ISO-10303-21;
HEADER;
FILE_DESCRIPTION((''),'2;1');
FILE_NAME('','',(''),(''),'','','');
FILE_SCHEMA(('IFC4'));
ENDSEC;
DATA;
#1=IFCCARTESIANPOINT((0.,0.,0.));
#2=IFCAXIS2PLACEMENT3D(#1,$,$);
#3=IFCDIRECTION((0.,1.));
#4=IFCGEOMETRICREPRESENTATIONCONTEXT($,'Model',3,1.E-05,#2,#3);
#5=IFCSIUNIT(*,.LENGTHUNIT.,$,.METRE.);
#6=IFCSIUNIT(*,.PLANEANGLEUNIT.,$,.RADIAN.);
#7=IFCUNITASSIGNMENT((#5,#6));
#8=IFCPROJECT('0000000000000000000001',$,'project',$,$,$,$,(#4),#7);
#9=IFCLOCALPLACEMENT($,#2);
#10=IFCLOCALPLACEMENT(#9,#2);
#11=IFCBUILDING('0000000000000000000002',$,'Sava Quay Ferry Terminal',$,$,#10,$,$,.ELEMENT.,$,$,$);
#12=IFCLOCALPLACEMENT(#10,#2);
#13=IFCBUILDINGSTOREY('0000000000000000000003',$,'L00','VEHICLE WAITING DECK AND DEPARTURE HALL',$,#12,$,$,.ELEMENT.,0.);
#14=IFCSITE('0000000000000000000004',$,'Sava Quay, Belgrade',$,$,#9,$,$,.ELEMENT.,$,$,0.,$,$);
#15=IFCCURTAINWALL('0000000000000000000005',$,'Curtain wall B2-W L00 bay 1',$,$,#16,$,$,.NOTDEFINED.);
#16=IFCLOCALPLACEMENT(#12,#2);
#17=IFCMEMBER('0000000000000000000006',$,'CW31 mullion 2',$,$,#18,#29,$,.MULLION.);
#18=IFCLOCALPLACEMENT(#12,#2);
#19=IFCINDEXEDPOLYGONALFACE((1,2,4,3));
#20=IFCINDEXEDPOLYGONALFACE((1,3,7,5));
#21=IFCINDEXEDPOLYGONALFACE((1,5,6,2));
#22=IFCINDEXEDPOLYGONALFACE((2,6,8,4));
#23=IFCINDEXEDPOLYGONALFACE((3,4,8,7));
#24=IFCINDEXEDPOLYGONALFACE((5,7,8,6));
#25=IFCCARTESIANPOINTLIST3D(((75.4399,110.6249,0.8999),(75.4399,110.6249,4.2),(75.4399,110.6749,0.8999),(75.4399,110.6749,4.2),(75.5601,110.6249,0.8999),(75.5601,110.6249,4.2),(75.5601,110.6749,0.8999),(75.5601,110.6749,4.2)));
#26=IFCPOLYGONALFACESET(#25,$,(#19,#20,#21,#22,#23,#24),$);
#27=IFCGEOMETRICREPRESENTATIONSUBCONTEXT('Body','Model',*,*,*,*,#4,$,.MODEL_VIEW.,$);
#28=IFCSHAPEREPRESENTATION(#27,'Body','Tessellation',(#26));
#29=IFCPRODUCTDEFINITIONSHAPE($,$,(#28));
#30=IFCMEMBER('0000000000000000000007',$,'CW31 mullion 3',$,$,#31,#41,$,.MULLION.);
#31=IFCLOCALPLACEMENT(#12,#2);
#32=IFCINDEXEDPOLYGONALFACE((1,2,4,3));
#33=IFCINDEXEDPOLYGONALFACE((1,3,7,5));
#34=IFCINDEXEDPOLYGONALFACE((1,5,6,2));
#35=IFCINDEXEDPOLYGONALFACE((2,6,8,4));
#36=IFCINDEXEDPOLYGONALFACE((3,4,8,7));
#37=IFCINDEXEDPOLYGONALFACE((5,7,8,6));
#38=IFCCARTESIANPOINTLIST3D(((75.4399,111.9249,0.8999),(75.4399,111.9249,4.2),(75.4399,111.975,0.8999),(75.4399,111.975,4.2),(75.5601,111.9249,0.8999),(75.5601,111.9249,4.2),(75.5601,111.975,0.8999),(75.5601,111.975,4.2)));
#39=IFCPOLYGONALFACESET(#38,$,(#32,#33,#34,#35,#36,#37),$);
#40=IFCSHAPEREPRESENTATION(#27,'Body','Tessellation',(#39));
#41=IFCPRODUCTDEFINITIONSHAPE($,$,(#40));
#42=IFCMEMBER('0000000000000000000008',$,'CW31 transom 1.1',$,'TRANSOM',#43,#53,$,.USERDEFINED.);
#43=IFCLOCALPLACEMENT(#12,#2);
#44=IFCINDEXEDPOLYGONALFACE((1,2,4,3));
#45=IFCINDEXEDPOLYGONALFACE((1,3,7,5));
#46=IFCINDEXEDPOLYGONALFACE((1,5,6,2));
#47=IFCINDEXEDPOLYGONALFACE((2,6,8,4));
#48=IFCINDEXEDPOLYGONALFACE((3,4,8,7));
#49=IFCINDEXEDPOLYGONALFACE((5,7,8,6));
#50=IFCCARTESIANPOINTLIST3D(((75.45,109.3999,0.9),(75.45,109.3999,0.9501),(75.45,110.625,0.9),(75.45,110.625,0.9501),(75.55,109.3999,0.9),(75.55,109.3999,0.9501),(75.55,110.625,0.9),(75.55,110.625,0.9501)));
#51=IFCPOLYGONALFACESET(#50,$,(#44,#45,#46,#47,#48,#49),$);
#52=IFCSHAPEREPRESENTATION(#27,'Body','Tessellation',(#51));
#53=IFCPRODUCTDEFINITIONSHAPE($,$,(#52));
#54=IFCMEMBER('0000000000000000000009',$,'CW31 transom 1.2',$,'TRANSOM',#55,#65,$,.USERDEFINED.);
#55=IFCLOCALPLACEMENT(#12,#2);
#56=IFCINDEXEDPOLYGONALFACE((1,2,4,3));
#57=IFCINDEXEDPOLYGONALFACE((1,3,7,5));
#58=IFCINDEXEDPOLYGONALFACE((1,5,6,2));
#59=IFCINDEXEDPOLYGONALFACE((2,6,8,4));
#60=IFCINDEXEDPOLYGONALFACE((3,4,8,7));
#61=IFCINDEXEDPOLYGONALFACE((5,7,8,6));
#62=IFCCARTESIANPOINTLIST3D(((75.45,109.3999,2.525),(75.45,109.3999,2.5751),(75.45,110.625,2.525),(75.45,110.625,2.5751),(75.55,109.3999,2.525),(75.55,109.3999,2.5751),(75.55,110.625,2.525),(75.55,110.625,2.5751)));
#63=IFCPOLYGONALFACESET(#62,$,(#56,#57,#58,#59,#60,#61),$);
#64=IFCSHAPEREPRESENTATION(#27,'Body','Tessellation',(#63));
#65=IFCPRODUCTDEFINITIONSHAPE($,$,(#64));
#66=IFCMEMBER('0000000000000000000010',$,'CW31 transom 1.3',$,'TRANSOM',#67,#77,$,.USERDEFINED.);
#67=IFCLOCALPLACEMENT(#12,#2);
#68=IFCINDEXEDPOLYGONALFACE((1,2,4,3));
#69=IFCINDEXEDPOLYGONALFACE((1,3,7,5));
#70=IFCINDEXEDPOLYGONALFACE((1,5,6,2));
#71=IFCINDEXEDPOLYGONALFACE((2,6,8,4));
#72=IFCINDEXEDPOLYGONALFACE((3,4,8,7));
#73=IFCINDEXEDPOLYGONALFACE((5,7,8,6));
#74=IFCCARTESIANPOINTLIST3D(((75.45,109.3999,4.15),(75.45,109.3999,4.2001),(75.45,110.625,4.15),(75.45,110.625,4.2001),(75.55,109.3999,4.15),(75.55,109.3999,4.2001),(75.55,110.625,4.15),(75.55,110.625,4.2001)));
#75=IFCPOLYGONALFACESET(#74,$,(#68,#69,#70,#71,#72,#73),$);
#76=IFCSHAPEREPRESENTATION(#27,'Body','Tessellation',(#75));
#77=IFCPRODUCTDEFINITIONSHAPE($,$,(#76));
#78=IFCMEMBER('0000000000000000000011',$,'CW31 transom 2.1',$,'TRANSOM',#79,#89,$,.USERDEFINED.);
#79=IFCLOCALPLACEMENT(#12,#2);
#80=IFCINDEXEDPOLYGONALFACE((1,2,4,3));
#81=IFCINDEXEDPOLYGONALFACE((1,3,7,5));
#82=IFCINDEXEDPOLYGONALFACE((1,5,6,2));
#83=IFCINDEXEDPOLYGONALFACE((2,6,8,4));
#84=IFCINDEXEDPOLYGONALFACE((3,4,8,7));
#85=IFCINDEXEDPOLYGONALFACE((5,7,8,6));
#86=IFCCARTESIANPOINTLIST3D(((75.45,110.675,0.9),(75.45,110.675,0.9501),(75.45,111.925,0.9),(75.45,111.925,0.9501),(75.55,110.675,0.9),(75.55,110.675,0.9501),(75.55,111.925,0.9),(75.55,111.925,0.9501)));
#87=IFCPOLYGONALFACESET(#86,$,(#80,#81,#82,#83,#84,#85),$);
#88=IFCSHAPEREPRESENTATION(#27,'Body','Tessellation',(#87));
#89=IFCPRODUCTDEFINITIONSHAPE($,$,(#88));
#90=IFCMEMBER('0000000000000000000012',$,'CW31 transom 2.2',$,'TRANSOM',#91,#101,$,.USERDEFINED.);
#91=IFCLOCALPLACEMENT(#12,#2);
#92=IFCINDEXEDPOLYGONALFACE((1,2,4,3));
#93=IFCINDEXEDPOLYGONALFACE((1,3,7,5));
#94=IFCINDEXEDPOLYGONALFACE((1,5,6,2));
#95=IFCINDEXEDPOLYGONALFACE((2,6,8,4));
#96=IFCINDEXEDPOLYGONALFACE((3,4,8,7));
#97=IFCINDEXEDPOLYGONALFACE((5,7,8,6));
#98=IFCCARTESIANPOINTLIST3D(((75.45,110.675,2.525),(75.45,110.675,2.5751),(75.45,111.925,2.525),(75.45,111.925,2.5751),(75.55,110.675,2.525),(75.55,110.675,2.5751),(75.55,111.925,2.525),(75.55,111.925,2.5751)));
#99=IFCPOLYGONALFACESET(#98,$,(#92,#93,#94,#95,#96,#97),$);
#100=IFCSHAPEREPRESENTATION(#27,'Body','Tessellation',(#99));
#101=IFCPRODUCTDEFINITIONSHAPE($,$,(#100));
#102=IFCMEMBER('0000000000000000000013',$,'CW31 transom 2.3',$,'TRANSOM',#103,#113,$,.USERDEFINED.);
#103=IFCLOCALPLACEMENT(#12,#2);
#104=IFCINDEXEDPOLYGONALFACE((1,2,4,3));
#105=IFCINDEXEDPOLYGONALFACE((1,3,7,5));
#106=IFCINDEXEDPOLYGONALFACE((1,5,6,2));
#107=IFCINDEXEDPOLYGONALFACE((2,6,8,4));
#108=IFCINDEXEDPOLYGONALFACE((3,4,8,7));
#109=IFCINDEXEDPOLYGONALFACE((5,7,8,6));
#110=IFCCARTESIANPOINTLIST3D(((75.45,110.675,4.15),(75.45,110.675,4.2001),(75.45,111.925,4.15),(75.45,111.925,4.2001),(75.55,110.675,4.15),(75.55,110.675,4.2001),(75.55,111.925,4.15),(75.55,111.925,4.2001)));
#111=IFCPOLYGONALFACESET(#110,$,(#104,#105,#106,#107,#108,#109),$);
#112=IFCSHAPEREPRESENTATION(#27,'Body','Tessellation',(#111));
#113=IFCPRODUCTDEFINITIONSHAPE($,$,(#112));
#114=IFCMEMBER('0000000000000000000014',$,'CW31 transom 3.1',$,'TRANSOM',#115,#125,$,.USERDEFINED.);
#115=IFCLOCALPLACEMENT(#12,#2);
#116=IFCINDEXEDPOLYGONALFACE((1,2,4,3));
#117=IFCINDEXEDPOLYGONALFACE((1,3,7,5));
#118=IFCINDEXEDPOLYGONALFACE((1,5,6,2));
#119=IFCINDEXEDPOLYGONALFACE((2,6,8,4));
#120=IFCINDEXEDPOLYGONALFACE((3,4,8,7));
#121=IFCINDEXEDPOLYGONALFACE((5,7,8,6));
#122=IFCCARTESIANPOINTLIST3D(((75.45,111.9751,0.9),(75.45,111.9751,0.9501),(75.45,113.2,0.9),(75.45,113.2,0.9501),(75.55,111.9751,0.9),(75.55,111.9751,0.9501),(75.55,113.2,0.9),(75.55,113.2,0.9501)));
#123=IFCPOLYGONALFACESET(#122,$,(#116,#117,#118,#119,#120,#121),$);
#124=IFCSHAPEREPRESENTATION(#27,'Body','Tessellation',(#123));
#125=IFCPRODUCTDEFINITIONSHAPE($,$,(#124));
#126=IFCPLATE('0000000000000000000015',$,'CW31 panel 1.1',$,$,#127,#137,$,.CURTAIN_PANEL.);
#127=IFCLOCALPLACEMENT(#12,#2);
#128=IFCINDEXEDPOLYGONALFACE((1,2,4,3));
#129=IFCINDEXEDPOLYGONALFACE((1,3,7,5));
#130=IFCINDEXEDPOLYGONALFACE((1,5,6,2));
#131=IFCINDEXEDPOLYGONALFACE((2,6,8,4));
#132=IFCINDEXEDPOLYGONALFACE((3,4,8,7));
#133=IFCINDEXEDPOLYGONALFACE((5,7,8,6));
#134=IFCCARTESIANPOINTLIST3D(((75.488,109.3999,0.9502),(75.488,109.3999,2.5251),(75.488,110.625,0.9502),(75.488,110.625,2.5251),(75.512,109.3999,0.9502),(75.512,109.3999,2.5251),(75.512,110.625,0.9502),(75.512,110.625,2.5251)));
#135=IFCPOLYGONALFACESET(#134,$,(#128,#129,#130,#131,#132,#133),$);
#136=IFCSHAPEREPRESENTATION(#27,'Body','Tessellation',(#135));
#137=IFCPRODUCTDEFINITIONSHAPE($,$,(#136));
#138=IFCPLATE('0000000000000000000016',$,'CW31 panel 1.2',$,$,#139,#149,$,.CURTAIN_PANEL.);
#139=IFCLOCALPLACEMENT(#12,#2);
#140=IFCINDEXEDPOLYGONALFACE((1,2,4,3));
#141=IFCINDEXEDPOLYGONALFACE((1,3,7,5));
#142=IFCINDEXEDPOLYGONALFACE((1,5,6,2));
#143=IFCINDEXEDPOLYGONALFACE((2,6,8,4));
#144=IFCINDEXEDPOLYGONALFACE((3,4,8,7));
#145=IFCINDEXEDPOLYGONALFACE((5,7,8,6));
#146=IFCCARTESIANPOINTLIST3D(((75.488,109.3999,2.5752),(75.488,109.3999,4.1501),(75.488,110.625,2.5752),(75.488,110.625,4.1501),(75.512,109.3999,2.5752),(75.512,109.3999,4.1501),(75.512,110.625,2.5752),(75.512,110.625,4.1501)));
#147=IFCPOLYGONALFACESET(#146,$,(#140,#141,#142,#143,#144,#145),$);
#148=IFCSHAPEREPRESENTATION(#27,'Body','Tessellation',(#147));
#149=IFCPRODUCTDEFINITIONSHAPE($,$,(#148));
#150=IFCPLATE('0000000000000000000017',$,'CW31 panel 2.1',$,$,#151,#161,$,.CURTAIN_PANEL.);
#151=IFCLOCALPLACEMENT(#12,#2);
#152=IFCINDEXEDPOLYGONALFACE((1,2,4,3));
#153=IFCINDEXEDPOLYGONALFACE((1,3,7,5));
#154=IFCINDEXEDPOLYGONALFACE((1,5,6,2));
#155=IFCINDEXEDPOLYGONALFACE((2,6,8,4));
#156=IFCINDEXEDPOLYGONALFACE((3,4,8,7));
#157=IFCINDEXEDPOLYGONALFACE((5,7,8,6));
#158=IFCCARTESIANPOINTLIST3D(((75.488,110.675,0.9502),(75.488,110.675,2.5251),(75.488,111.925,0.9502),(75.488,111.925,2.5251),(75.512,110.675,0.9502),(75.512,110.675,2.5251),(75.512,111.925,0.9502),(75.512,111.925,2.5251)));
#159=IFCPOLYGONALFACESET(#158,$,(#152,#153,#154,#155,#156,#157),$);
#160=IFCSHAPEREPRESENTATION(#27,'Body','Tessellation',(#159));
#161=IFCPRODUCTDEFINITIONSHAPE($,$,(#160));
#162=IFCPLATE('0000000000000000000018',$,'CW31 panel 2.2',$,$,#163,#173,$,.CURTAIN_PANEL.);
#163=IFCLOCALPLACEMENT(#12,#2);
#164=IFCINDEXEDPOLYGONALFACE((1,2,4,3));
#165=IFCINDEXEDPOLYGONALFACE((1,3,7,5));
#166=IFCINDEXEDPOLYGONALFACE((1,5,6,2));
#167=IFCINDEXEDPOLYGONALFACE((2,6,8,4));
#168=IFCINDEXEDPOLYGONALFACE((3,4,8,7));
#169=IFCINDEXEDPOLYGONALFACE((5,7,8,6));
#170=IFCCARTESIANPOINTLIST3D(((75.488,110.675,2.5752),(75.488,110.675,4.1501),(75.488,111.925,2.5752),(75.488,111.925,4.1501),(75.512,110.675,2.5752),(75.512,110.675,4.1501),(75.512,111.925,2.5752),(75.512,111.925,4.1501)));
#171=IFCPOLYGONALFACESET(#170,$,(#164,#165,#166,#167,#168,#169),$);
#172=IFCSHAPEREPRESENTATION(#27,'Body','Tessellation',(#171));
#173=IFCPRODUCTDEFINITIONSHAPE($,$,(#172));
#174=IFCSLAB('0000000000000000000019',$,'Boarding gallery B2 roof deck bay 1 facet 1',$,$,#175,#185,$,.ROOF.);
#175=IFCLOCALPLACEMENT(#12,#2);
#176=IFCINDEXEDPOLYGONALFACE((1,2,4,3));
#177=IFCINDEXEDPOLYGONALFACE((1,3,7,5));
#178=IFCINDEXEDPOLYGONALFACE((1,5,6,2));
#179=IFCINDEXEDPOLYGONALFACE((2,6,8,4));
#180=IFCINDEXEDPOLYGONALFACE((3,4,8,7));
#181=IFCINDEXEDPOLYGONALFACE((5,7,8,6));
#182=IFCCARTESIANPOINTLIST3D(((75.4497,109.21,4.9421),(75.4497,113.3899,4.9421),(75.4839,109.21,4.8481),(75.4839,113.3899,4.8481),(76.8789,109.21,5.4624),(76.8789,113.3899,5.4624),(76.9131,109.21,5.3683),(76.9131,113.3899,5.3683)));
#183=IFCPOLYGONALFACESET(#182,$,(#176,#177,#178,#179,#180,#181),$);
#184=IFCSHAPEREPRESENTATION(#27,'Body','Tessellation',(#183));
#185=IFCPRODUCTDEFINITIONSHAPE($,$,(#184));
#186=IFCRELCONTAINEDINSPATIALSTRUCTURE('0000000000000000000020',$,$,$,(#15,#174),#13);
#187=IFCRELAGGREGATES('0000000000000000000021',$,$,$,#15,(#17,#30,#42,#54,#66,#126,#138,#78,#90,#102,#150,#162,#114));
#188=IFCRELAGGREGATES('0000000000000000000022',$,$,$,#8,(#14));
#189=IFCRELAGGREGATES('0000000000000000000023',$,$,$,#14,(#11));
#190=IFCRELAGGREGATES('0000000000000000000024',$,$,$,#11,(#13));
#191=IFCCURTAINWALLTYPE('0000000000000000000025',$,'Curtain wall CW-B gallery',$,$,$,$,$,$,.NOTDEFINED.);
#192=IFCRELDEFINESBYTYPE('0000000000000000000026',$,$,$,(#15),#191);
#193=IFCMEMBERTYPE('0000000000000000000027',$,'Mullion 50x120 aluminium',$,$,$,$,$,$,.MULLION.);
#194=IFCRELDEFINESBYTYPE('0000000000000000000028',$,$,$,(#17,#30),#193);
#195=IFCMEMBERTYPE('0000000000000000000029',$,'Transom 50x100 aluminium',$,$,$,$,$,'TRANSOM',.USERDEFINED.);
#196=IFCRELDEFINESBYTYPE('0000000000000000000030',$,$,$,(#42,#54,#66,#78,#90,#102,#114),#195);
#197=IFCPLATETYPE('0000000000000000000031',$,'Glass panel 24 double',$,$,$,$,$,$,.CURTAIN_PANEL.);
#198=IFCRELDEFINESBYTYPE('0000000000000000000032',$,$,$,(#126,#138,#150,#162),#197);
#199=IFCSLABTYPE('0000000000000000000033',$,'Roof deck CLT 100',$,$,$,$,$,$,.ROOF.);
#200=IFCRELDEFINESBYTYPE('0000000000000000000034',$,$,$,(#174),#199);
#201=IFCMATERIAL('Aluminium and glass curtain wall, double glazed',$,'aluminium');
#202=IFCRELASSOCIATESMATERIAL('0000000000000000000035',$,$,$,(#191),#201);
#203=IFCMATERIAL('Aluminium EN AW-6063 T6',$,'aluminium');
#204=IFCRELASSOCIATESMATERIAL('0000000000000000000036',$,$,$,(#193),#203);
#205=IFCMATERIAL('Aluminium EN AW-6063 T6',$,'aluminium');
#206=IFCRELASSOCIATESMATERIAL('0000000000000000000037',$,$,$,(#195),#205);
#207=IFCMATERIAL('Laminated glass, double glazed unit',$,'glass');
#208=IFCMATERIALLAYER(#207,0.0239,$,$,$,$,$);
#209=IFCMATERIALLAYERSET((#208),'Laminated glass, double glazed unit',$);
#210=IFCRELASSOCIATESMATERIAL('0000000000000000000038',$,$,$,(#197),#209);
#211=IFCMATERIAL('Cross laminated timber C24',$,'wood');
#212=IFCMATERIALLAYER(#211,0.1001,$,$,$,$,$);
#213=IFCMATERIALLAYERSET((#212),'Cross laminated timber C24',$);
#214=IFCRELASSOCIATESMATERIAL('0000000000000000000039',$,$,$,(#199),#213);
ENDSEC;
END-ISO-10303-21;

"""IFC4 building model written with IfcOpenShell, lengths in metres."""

from ifc_helpers import new_model, si_unit, direction, frame, origin, origin_2d, place, context, subcontext, project, spatial, polyline, rectangle, outline, extrude, material, layer, layer_set, material_profile, profile_set, type_object, element, aggregate, save


model = new_model("IFC4")

# Units and contexts
model_context = context("Model", 3, precision=1e-05, world=origin(), true_north=direction((0.0, 1.0)))
body_context = subcontext(model_context, "Body", "Model", "MODEL_VIEW")
ifc_project = project(units=[si_unit("LENGTHUNIT", "METRE"), si_unit("PLANEANGLEUNIT", "RADIAN")], contexts=[model_context])

# Site, building, storey
site_placement = place(None, origin())
site = spatial("IfcSite", under=ifc_project, at=site_placement, Name="Sava Quay, Belgrade", CompositionType="ELEMENT", RefElevation=0.0)
building_placement = place(site_placement, origin())
building = spatial("IfcBuilding", under=site, at=building_placement, Name="Sava Quay Ferry Terminal", CompositionType="ELEMENT")
storey_placement = place(building_placement, origin())
storey = spatial("IfcBuildingStorey", under=building, at=storey_placement, Name="L00", Description="VEHICLE WAITING DECK AND DEPARTURE HALL", CompositionType="ELEMENT", Elevation=0.0)

# Curtain wall, members, plates
ifc_material_1 = material(Name="Aluminium and glass curtain wall, double glazed", Category="aluminium")
curtain_wall_type = type_object("IfcCurtainWallType", Name="Curtain wall CW-B gallery", PredefinedType="NOTDEFINED", material=ifc_material_1)
curtain_wall_placement = place(storey_placement, origin())
curtain_wall = element("IfcCurtainWall", 1, at=curtain_wall_placement, inside=storey, type_object=curtain_wall_type, Name="Curtain wall B2-W L00 bay 1", PredefinedType="NOTDEFINED")
ifc_material_2 = material(Name="Aluminium EN AW-6063 T6", Category="aluminium")
ifc_material_profile_1 = material_profile(ifc_material_2, rectangle(XDim=0.1201, YDim=0.05, at=origin_2d()), Name="Mullion 50x120 aluminium")
ifc_profile_set_1 = profile_set([ifc_material_profile_1], Name="Aluminium EN AW-6063 T6")
member_type_1 = type_object("IfcMemberType", Name="Mullion 50x120 aluminium", PredefinedType="MULLION", material=ifc_profile_set_1)
member_1_placement = place(storey_placement, frame((75.5, 110.6499, 0.8999), z_axis=(0.0, 0.0, 1.0), x_axis=(-1.0, 0.0, 0.0)))
member_1 = element("IfcMember", 2, at=member_1_placement, type_object=member_type_1, Name="CW31 mullion 2", PredefinedType="MULLION", context=body_context, shape_type="SweptSolid", body=[
    extrude(rectangle(XDim=0.1201, YDim=0.05, at=origin_2d()), origin(), (0.0, 0.0, 1.0), 3.3),
])
member_2_placement = place(storey_placement, frame((75.5, 111.95, 0.8999), z_axis=(0.0, 0.0, 1.0), x_axis=(-1.0, 0.0, 0.0)))
member_2 = element("IfcMember", 3, at=member_2_placement, type_object=member_type_1, Name="CW31 mullion 3", PredefinedType="MULLION", context=body_context, shape_type="SweptSolid", body=[
    extrude(rectangle(XDim=0.1201, YDim=0.05, at=origin_2d()), origin(), (0.0, 0.0, 1.0), 3.3),
])
ifc_material_3 = material(Name="Aluminium EN AW-6063 T6", Category="aluminium")
ifc_material_profile_2 = material_profile(ifc_material_3, rectangle(XDim=0.1001, YDim=0.05, at=origin_2d()), Name="Transom 50x100 aluminium")
ifc_profile_set_2 = profile_set([ifc_material_profile_2], Name="Aluminium EN AW-6063 T6")
member_type_2 = type_object("IfcMemberType", Name="Transom 50x100 aluminium", ElementType="TRANSOM", PredefinedType="USERDEFINED", material=ifc_profile_set_2)
member_3_placement = place(storey_placement, frame((75.5, 109.3999, 0.925), z_axis=(0.0, 1.0, 0.0), x_axis=(-1.0, 0.0, 0.0)))
member_3 = element("IfcMember", 4, at=member_3_placement, type_object=member_type_2, Name="CW31 transom 1.1", ObjectType="TRANSOM", PredefinedType="USERDEFINED", context=body_context, shape_type="SweptSolid", body=[
    extrude(rectangle(XDim=0.1001, YDim=0.05, at=origin_2d()), origin(), (0.0, 0.0, 1.0), 1.2251),
])
member_4_placement = place(storey_placement, frame((75.5, 109.3999, 2.55), z_axis=(0.0, 1.0, 0.0), x_axis=(-1.0, 0.0, 0.0)))
member_4 = element("IfcMember", 5, at=member_4_placement, type_object=member_type_2, Name="CW31 transom 1.2", ObjectType="TRANSOM", PredefinedType="USERDEFINED", context=body_context, shape_type="SweptSolid", body=[
    extrude(rectangle(XDim=0.1001, YDim=0.05, at=origin_2d()), origin(), (0.0, 0.0, 1.0), 1.2251),
])
member_5_placement = place(storey_placement, frame((75.5, 109.3999, 4.175), z_axis=(0.0, 1.0, 0.0), x_axis=(-1.0, 0.0, 0.0)))
member_5 = element("IfcMember", 6, at=member_5_placement, type_object=member_type_2, Name="CW31 transom 1.3", ObjectType="TRANSOM", PredefinedType="USERDEFINED", context=body_context, shape_type="SweptSolid", body=[
    extrude(rectangle(XDim=0.1001, YDim=0.05, at=origin_2d()), origin(), (0.0, 0.0, 1.0), 1.2251),
])
member_6_placement = place(storey_placement, frame((75.5, 110.675, 0.925), z_axis=(0.0, 1.0, 0.0), x_axis=(-1.0, 0.0, 0.0)))
member_6 = element("IfcMember", 7, at=member_6_placement, type_object=member_type_2, Name="CW31 transom 2.1", ObjectType="TRANSOM", PredefinedType="USERDEFINED", context=body_context, shape_type="SweptSolid", body=[
    extrude(rectangle(XDim=0.1001, YDim=0.05, at=origin_2d()), origin(), (0.0, 0.0, 1.0), 1.25),
])
member_7_placement = place(storey_placement, frame((75.5, 110.675, 2.55), z_axis=(0.0, 1.0, 0.0), x_axis=(-1.0, 0.0, 0.0)))
member_7 = element("IfcMember", 8, at=member_7_placement, type_object=member_type_2, Name="CW31 transom 2.2", ObjectType="TRANSOM", PredefinedType="USERDEFINED", context=body_context, shape_type="SweptSolid", body=[
    extrude(rectangle(XDim=0.1001, YDim=0.05, at=origin_2d()), origin(), (0.0, 0.0, 1.0), 1.25),
])
member_8_placement = place(storey_placement, frame((75.5, 110.675, 4.175), z_axis=(0.0, 1.0, 0.0), x_axis=(-1.0, 0.0, 0.0)))
member_8 = element("IfcMember", 9, at=member_8_placement, type_object=member_type_2, Name="CW31 transom 2.3", ObjectType="TRANSOM", PredefinedType="USERDEFINED", context=body_context, shape_type="SweptSolid", body=[
    extrude(rectangle(XDim=0.1001, YDim=0.05, at=origin_2d()), origin(), (0.0, 0.0, 1.0), 1.25),
])
member_9_placement = place(storey_placement, frame((75.5, 111.9751, 0.925), z_axis=(0.0, 1.0, 0.0), x_axis=(-1.0, 0.0, 0.0)))
member_9 = element("IfcMember", 10, at=member_9_placement, type_object=member_type_2, Name="CW31 transom 3.1", ObjectType="TRANSOM", PredefinedType="USERDEFINED", context=body_context, shape_type="SweptSolid", body=[
    extrude(rectangle(XDim=0.1001, YDim=0.05, at=origin_2d()), origin(), (0.0, 0.0, 1.0), 1.2249),
])
ifc_material_4 = material(Name="Laminated glass, double glazed unit", Category="glass")
ifc_layer_1 = layer(ifc_material_4, 0.0239)
ifc_layer_set_1 = layer_set([ifc_layer_1], Name="Laminated glass, double glazed unit")
plate_type = type_object("IfcPlateType", Name="Glass panel 24 double", PredefinedType="CURTAIN_PANEL", material=ifc_layer_set_1)
plate_1_placement = place(storey_placement, frame((75.5, 110.0125, 0.9502), z_axis=(0.0, 0.0, 1.0), x_axis=(0.0, 1.0, 0.0)))
plate_1 = element("IfcPlate", 11, at=plate_1_placement, type_object=plate_type, Name="CW31 panel 1.1", PredefinedType="CURTAIN_PANEL", context=body_context, shape_type="SweptSolid", body=[
    extrude(rectangle(XDim=1.2251, YDim=0.0239, at=origin_2d()), origin(), (0.0, 0.0, 1.0), 1.575),
])
plate_2_placement = place(storey_placement, frame((75.5, 110.0125, 2.5752), z_axis=(0.0, 0.0, 1.0), x_axis=(0.0, 1.0, 0.0)))
plate_2 = element("IfcPlate", 12, at=plate_2_placement, type_object=plate_type, Name="CW31 panel 1.2", PredefinedType="CURTAIN_PANEL", context=body_context, shape_type="SweptSolid", body=[
    extrude(rectangle(XDim=1.2251, YDim=0.0239, at=origin_2d()), origin(), (0.0, 0.0, 1.0), 1.575),
])
plate_3_placement = place(storey_placement, frame((75.5, 111.3, 0.9502), z_axis=(0.0, 0.0, 1.0), x_axis=(0.0, 1.0, 0.0)))
plate_3 = element("IfcPlate", 13, at=plate_3_placement, type_object=plate_type, Name="CW31 panel 2.1", PredefinedType="CURTAIN_PANEL", context=body_context, shape_type="SweptSolid", body=[
    extrude(rectangle(XDim=1.25, YDim=0.0239, at=origin_2d()), origin(), (0.0, 0.0, 1.0), 1.575),
])
plate_4_placement = place(storey_placement, frame((75.5, 111.3, 2.5752), z_axis=(0.0, 0.0, 1.0), x_axis=(0.0, 1.0, 0.0)))
plate_4 = element("IfcPlate", 14, at=plate_4_placement, type_object=plate_type, Name="CW31 panel 2.2", PredefinedType="CURTAIN_PANEL", context=body_context, shape_type="SweptSolid", body=[
    extrude(rectangle(XDim=1.25, YDim=0.0239, at=origin_2d()), origin(), (0.0, 0.0, 1.0), 1.575),
])
aggregate(curtain_wall, [member_1, member_2, member_3, member_4, member_5, plate_1, plate_2, member_6, member_7, member_8, plate_3, plate_4, member_9])

# Slab
ifc_material_5 = material(Name="Cross laminated timber C24", Category="wood")
ifc_layer_2 = layer(ifc_material_5, 0.1001)
ifc_layer_set_2 = layer_set([ifc_layer_2], Name="Cross laminated timber C24")
slab_type = type_object("IfcSlabType", Name="Roof deck CLT 100", PredefinedType="ROOF", material=ifc_layer_set_2)
slab_1_placement = place(storey_placement, frame((75.4497, 109.21, 4.9421), z_axis=(-0.342065, 0.0, 0.939676), x_axis=(0.939676, 0.0, 0.342065)))
element("IfcSlab", 15, at=slab_1_placement, inside=storey, type_object=slab_type, Name="Boarding gallery B2 roof deck bay 1 facet 1", PredefinedType="ROOF", context=body_context, shape_type="SweptSolid", body=[
    extrude(outline(polyline([(0.0, 0.0), (1.5209, 0.0), (1.5209, 4.1799), (0.0, 4.1799), (0.0, 0.0)])), origin(), (0.0, 0.0, -1.0), 0.1001),
])

save(model, "model.ifc")
